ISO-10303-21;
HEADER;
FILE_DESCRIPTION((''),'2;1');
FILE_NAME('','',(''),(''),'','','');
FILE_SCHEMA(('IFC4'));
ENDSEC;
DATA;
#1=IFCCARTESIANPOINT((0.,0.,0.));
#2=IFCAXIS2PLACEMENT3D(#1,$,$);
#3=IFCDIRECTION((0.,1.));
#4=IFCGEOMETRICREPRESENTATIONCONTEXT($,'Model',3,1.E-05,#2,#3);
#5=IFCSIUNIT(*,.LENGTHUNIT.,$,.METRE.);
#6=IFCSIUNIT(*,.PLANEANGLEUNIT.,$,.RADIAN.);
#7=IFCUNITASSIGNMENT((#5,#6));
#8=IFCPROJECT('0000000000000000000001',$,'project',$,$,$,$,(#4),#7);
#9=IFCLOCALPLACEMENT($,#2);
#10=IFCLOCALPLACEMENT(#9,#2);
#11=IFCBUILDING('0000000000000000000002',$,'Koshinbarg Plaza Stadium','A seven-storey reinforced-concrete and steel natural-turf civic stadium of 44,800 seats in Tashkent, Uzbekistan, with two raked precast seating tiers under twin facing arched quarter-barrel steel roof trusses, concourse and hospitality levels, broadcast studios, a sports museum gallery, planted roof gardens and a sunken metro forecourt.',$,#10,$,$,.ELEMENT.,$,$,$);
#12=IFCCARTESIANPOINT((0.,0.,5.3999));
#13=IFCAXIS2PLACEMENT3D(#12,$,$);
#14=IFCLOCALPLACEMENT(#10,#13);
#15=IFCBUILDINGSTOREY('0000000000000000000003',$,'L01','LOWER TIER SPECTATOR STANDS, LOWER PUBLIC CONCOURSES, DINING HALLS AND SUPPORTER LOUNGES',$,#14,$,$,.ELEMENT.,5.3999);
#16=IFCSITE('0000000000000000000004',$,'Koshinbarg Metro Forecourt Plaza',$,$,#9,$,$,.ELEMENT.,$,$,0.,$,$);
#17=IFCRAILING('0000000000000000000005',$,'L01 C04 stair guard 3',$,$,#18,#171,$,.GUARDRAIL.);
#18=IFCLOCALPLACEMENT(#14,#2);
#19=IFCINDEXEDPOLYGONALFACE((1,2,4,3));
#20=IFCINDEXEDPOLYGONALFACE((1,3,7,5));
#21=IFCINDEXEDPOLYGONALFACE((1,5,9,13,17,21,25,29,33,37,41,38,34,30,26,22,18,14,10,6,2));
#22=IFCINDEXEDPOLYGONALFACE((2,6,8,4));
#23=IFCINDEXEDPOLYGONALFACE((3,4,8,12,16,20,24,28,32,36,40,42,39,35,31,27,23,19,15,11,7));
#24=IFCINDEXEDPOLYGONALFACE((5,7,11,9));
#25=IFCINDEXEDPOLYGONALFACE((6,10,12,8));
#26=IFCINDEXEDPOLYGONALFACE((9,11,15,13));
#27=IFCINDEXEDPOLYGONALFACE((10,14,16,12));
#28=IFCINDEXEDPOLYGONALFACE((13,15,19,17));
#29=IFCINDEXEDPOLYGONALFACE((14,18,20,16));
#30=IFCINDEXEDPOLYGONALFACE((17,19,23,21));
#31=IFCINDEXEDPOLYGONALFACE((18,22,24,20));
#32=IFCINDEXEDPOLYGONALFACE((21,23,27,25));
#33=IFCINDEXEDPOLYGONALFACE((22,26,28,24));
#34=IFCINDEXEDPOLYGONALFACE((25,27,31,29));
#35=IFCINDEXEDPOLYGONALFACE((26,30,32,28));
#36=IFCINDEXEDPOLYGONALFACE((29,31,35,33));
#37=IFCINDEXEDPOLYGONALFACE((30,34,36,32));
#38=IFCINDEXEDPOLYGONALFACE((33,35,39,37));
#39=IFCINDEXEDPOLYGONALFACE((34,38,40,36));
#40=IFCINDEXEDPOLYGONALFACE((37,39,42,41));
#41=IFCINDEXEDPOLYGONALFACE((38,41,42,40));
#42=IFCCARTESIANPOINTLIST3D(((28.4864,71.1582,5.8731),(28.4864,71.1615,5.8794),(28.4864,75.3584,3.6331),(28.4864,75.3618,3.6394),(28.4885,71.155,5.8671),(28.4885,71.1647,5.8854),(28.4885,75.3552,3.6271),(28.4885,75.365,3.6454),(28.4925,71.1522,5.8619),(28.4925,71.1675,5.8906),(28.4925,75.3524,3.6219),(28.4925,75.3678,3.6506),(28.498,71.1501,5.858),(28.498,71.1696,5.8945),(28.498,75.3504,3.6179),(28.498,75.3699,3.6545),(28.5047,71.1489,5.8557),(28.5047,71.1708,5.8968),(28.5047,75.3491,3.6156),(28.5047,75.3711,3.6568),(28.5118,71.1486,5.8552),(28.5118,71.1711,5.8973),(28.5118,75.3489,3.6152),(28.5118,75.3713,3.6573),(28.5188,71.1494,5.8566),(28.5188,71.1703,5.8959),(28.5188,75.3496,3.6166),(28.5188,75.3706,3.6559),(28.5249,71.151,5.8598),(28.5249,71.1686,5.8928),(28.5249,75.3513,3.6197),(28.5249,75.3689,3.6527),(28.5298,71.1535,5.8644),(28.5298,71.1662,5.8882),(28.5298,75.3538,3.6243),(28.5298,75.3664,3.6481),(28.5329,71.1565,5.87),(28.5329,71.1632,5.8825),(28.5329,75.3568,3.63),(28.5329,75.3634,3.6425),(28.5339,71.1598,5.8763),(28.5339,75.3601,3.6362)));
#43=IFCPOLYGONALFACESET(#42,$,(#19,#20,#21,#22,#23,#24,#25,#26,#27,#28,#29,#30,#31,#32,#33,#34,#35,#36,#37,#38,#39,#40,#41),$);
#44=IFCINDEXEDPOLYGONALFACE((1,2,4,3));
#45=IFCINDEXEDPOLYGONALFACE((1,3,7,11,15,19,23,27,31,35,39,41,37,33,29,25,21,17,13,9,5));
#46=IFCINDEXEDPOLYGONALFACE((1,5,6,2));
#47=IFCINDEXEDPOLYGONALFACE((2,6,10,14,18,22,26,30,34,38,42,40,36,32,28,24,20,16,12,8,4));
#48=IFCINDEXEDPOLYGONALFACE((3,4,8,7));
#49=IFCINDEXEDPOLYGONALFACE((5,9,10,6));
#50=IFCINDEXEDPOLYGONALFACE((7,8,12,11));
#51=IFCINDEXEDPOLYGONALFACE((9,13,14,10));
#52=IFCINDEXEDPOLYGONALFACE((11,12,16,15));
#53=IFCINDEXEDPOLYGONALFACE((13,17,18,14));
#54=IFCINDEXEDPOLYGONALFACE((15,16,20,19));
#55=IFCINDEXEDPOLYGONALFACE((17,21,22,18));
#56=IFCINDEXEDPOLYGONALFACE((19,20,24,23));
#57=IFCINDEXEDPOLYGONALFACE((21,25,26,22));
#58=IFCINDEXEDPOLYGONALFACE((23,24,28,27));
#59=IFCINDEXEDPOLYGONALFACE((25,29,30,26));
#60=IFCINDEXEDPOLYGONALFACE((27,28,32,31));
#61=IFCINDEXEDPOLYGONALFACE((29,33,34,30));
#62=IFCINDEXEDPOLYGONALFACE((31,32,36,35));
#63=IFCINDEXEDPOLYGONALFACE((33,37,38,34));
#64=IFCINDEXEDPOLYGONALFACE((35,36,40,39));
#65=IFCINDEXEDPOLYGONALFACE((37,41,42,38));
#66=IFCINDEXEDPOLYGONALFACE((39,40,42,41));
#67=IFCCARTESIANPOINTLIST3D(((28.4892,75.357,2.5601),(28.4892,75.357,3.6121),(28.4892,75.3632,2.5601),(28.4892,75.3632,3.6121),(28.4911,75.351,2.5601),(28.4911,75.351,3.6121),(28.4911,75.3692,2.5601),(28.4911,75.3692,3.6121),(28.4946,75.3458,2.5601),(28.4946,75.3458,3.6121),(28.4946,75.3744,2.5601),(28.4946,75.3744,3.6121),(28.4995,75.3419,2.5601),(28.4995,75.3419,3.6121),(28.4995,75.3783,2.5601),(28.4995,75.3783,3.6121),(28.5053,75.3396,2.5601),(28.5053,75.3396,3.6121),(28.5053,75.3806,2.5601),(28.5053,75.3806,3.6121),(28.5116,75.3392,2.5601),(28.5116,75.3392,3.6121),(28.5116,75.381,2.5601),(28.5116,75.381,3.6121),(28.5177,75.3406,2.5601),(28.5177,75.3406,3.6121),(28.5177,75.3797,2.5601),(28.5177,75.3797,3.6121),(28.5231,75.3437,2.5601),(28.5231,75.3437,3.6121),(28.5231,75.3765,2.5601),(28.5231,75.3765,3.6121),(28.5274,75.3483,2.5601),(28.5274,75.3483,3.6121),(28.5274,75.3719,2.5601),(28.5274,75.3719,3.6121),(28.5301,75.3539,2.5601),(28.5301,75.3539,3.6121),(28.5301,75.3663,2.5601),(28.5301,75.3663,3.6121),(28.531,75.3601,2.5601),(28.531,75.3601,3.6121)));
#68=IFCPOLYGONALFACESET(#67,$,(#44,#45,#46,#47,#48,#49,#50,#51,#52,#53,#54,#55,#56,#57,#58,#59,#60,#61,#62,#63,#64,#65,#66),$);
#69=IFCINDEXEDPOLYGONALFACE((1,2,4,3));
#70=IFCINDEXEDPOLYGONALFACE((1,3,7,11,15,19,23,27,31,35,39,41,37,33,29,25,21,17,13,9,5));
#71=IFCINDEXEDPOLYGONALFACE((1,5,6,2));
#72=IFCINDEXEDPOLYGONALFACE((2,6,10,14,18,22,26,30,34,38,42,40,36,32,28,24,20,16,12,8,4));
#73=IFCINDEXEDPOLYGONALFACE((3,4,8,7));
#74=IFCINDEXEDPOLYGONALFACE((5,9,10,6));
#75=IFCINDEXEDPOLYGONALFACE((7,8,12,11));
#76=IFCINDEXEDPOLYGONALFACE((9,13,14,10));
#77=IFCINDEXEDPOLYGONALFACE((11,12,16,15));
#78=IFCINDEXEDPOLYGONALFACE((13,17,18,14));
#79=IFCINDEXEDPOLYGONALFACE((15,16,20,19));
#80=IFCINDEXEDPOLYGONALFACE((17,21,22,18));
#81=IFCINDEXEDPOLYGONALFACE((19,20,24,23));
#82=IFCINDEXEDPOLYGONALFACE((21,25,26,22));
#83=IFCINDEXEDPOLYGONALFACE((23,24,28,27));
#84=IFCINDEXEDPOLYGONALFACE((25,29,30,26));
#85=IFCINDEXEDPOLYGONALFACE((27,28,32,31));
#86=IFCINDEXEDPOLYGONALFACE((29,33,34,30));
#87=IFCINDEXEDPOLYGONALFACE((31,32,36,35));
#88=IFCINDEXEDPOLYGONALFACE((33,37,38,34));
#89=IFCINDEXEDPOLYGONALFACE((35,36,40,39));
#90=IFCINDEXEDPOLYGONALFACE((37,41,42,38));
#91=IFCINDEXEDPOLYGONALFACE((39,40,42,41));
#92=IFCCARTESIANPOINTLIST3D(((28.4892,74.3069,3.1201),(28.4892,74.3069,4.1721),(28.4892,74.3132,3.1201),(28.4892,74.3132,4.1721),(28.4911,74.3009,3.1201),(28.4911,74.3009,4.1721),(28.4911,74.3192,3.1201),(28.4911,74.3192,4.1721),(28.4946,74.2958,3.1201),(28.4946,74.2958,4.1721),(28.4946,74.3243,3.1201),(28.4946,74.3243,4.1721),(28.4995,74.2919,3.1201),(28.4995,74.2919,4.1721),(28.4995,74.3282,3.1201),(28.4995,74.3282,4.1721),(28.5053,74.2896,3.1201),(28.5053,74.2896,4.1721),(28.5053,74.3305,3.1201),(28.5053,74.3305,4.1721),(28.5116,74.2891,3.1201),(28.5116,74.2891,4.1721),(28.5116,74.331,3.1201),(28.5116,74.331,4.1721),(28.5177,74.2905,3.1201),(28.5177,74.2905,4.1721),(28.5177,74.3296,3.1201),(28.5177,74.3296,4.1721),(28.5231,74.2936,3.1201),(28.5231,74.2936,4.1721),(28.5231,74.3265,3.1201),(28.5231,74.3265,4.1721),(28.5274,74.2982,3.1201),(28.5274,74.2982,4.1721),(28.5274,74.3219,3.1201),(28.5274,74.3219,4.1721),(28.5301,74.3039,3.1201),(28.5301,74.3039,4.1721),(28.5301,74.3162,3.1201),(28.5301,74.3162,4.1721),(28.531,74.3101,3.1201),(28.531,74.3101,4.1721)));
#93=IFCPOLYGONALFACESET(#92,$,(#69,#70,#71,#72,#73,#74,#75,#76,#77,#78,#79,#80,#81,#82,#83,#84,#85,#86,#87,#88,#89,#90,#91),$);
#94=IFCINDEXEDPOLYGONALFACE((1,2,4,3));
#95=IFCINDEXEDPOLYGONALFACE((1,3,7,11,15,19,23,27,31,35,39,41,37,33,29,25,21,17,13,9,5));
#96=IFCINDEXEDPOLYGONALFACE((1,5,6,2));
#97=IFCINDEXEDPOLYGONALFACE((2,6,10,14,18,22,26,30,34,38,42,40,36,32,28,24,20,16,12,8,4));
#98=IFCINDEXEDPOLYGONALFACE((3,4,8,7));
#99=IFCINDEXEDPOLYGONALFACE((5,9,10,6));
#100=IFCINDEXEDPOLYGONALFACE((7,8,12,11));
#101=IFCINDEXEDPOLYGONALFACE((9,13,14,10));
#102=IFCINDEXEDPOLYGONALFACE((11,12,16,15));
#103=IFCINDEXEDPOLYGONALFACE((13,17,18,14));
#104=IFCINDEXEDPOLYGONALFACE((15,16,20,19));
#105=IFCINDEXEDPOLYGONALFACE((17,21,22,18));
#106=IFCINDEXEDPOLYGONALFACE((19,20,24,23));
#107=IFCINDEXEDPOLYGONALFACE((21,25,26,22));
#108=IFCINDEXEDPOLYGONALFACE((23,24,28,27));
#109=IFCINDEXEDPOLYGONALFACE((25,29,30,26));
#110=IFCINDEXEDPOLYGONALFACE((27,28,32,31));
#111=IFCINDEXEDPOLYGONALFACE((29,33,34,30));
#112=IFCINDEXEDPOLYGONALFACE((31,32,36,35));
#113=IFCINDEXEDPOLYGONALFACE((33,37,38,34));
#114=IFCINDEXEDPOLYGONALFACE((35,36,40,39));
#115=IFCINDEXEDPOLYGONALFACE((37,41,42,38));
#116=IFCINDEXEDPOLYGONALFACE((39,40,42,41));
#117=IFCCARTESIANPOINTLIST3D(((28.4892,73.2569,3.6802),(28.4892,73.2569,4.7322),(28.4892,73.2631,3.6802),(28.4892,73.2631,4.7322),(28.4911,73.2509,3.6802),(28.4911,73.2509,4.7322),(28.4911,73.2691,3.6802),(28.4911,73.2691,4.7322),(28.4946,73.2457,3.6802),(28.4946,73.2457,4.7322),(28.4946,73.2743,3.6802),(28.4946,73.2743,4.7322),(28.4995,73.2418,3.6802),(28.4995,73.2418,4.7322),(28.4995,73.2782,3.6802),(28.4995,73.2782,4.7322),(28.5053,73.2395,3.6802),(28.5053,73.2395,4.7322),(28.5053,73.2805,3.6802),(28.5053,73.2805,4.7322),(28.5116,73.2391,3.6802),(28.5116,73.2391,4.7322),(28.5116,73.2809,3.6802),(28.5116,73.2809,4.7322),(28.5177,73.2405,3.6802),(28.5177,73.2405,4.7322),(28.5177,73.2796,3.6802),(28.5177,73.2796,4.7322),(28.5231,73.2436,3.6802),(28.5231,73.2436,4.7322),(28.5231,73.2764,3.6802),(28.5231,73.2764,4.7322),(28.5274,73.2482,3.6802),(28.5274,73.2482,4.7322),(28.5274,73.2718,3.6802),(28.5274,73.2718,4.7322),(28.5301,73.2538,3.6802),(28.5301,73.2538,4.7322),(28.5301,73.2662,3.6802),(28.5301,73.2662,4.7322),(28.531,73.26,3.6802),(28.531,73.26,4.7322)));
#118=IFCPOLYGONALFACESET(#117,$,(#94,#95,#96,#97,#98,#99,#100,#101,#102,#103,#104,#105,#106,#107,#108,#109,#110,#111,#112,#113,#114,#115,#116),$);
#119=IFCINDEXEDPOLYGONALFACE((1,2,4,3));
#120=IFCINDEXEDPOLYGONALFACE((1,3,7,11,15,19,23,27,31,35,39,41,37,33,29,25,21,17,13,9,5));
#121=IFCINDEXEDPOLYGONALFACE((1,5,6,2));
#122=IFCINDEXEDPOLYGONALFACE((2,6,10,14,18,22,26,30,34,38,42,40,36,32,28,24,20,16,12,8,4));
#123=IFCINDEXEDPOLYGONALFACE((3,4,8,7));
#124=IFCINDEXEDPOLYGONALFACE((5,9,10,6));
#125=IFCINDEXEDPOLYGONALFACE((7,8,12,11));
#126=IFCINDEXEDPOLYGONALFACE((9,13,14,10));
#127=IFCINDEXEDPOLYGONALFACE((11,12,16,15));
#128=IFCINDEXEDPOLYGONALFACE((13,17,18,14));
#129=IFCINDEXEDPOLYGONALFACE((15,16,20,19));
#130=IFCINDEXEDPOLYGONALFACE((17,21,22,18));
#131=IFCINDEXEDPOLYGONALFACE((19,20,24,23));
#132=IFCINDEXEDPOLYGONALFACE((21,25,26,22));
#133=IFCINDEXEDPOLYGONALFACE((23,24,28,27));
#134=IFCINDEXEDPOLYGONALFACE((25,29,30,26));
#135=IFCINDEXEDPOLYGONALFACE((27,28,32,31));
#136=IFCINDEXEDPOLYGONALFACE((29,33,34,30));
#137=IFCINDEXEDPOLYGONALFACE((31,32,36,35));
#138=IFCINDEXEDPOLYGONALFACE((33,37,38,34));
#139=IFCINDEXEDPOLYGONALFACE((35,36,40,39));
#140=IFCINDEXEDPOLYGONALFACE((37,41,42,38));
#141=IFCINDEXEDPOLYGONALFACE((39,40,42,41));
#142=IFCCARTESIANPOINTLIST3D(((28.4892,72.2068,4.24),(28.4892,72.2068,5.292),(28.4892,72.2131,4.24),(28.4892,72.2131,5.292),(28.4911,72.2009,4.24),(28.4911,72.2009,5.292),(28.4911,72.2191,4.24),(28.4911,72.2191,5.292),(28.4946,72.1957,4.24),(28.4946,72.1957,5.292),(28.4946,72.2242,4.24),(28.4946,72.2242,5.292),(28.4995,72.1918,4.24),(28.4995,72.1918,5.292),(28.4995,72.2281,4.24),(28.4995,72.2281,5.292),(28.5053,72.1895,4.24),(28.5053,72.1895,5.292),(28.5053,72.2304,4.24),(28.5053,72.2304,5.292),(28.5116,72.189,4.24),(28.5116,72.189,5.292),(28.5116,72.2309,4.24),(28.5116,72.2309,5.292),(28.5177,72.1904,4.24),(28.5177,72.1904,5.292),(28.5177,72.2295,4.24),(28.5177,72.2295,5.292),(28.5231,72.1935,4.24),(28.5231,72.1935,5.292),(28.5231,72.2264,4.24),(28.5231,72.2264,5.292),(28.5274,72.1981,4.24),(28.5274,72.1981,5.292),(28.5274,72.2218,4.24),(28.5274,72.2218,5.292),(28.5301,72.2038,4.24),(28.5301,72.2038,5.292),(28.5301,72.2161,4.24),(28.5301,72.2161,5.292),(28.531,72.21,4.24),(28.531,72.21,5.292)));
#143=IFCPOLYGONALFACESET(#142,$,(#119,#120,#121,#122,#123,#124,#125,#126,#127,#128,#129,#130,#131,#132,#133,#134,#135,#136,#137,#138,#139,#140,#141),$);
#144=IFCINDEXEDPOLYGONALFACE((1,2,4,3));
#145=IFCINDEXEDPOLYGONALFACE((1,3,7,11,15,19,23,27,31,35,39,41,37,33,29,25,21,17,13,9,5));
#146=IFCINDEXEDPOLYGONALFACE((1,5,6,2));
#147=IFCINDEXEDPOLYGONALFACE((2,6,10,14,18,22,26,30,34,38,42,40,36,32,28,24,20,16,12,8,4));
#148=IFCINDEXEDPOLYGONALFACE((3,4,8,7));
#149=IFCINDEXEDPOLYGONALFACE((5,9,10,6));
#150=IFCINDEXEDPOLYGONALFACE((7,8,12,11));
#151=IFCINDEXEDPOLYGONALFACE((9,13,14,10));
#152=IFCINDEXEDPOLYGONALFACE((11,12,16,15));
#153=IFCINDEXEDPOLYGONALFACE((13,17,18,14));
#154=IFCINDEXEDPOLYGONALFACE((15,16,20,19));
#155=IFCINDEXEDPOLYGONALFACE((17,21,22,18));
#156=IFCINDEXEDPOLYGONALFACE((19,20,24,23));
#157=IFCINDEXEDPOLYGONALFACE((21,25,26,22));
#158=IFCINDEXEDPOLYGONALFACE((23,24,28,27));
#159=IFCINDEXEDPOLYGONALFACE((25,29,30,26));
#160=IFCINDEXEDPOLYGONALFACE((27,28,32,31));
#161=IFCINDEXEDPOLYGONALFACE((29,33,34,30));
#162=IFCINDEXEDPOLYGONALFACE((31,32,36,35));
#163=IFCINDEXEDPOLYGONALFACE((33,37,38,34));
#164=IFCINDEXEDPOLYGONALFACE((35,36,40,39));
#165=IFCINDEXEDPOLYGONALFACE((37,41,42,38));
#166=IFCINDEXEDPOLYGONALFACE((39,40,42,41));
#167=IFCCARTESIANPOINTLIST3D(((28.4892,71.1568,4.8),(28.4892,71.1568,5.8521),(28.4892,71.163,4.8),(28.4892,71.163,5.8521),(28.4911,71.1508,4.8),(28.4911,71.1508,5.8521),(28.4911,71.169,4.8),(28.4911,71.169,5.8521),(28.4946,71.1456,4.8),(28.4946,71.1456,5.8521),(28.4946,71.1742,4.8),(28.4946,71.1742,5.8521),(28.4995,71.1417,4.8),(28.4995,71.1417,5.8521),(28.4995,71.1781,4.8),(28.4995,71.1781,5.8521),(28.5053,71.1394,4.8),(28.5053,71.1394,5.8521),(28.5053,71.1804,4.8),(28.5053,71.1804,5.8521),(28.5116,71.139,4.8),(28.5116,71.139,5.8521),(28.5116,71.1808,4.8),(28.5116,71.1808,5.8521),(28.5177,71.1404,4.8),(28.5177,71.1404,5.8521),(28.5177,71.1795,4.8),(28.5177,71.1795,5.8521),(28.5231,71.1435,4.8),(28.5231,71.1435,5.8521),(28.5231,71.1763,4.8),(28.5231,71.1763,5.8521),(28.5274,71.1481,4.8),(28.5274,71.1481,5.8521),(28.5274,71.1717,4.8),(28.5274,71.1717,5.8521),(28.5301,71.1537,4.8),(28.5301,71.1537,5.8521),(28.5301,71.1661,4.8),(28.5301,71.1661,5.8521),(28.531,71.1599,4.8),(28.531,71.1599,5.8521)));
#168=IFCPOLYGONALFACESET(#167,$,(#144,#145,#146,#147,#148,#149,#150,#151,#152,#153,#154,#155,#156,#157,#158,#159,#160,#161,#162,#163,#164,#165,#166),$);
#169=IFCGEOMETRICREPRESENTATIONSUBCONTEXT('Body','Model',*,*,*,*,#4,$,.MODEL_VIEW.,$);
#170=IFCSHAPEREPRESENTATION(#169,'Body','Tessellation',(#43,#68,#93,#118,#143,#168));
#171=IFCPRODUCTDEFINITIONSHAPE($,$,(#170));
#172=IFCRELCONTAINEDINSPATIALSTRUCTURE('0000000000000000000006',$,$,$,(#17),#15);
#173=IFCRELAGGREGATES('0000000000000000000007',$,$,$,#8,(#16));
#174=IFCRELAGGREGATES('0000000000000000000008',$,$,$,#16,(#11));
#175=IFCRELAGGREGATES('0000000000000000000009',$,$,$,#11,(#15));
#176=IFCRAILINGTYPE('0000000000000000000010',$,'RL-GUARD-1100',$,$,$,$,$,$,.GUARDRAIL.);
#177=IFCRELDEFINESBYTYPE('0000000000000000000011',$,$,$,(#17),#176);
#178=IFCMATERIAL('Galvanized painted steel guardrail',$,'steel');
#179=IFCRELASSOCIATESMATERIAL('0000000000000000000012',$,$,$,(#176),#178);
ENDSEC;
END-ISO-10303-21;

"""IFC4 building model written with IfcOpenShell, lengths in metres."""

from ifc_helpers import new_model, si_unit, direction, frame, origin, origin_2d, place, context, subcontext, project, spatial, circle, extrude, material, type_object, element, save


model = new_model("IFC4")

# Units and contexts
model_context = context("Model", 3, precision=1e-05, world=origin(), true_north=direction((0.0, 1.0)))
body_context = subcontext(model_context, "Body", "Model", "MODEL_VIEW")
ifc_project = project(units=[si_unit("LENGTHUNIT", "METRE"), si_unit("PLANEANGLEUNIT", "RADIAN")], contexts=[model_context])

# Site, building, storey
site_placement = place(None, origin())
site = spatial("IfcSite", under=ifc_project, at=site_placement, Name="Koshinbarg Metro Forecourt Plaza", CompositionType="ELEMENT", RefElevation=0.0)
building_placement = place(site_placement, origin())
building = spatial("IfcBuilding", under=site, at=building_placement, Name="Koshinbarg Plaza Stadium", Description="A seven-storey reinforced-concrete and steel natural-turf civic stadium of 44,800 seats in Tashkent, Uzbekistan, with two raked precast seating tiers under twin facing arched quarter-barrel steel roof trusses, concourse and hospitality levels, broadcast studios, a sports museum gallery, planted roof gardens and a sunken metro forecourt.", CompositionType="ELEMENT")
storey_placement = place(building_placement, frame((0.0, 0.0, 5.3999)))
storey = spatial("IfcBuildingStorey", under=building, at=storey_placement, Name="L01", Description="LOWER TIER SPECTATOR STANDS, LOWER PUBLIC CONCOURSES, DINING HALLS AND SUPPORTER LOUNGES", CompositionType="ELEMENT", Elevation=5.3999)

# Railing
ifc_material_1 = material(Name="Galvanized painted steel guardrail", Category="steel")
railing_type_1 = type_object("IfcRailingType", Name="RL-GUARD-1100", PredefinedType="GUARDRAIL", material=ifc_material_1)
railing_1_placement = place(storey_placement, frame((28.51, 75.3601, 2.5601)))
element("IfcRailing", 1, at=railing_1_placement, inside=storey, type_object=railing_type_1, Name="L01 C04 stair guard 3", PredefinedType="GUARDRAIL", context=body_context, shape_type="SweptSolid", body=[
    extrude(circle(Radius=0.0239, at=origin_2d()), frame((0.0, 0.0, 1.0762), z_axis=(0.0, -0.882363, 0.47057), x_axis=(1.0, 0.0, 0.0)), (0.0, 0.0, 1.0), 4.7603),
    extrude(circle(Radius=0.021, at=origin_2d()), origin(), (0.0, 0.0, 1.0), 1.052),
    extrude(circle(Radius=0.021, at=origin_2d()), frame((0.0, -1.05, 0.5601)), (0.0, 0.0, 1.0), 1.052),
    extrude(circle(Radius=0.021, at=origin_2d()), frame((0.0, -2.1001, 1.1201)), (0.0, 0.0, 1.0), 1.052),
    extrude(circle(Radius=0.021, at=origin_2d()), frame((0.0, -3.1501, 1.6799)), (0.0, 0.0, 1.0), 1.052),
    extrude(circle(Radius=0.021, at=origin_2d()), frame((0.0, -4.2002, 2.24)), (0.0, 0.0, 1.0), 1.052),
])

save(model, "model.ifc")
